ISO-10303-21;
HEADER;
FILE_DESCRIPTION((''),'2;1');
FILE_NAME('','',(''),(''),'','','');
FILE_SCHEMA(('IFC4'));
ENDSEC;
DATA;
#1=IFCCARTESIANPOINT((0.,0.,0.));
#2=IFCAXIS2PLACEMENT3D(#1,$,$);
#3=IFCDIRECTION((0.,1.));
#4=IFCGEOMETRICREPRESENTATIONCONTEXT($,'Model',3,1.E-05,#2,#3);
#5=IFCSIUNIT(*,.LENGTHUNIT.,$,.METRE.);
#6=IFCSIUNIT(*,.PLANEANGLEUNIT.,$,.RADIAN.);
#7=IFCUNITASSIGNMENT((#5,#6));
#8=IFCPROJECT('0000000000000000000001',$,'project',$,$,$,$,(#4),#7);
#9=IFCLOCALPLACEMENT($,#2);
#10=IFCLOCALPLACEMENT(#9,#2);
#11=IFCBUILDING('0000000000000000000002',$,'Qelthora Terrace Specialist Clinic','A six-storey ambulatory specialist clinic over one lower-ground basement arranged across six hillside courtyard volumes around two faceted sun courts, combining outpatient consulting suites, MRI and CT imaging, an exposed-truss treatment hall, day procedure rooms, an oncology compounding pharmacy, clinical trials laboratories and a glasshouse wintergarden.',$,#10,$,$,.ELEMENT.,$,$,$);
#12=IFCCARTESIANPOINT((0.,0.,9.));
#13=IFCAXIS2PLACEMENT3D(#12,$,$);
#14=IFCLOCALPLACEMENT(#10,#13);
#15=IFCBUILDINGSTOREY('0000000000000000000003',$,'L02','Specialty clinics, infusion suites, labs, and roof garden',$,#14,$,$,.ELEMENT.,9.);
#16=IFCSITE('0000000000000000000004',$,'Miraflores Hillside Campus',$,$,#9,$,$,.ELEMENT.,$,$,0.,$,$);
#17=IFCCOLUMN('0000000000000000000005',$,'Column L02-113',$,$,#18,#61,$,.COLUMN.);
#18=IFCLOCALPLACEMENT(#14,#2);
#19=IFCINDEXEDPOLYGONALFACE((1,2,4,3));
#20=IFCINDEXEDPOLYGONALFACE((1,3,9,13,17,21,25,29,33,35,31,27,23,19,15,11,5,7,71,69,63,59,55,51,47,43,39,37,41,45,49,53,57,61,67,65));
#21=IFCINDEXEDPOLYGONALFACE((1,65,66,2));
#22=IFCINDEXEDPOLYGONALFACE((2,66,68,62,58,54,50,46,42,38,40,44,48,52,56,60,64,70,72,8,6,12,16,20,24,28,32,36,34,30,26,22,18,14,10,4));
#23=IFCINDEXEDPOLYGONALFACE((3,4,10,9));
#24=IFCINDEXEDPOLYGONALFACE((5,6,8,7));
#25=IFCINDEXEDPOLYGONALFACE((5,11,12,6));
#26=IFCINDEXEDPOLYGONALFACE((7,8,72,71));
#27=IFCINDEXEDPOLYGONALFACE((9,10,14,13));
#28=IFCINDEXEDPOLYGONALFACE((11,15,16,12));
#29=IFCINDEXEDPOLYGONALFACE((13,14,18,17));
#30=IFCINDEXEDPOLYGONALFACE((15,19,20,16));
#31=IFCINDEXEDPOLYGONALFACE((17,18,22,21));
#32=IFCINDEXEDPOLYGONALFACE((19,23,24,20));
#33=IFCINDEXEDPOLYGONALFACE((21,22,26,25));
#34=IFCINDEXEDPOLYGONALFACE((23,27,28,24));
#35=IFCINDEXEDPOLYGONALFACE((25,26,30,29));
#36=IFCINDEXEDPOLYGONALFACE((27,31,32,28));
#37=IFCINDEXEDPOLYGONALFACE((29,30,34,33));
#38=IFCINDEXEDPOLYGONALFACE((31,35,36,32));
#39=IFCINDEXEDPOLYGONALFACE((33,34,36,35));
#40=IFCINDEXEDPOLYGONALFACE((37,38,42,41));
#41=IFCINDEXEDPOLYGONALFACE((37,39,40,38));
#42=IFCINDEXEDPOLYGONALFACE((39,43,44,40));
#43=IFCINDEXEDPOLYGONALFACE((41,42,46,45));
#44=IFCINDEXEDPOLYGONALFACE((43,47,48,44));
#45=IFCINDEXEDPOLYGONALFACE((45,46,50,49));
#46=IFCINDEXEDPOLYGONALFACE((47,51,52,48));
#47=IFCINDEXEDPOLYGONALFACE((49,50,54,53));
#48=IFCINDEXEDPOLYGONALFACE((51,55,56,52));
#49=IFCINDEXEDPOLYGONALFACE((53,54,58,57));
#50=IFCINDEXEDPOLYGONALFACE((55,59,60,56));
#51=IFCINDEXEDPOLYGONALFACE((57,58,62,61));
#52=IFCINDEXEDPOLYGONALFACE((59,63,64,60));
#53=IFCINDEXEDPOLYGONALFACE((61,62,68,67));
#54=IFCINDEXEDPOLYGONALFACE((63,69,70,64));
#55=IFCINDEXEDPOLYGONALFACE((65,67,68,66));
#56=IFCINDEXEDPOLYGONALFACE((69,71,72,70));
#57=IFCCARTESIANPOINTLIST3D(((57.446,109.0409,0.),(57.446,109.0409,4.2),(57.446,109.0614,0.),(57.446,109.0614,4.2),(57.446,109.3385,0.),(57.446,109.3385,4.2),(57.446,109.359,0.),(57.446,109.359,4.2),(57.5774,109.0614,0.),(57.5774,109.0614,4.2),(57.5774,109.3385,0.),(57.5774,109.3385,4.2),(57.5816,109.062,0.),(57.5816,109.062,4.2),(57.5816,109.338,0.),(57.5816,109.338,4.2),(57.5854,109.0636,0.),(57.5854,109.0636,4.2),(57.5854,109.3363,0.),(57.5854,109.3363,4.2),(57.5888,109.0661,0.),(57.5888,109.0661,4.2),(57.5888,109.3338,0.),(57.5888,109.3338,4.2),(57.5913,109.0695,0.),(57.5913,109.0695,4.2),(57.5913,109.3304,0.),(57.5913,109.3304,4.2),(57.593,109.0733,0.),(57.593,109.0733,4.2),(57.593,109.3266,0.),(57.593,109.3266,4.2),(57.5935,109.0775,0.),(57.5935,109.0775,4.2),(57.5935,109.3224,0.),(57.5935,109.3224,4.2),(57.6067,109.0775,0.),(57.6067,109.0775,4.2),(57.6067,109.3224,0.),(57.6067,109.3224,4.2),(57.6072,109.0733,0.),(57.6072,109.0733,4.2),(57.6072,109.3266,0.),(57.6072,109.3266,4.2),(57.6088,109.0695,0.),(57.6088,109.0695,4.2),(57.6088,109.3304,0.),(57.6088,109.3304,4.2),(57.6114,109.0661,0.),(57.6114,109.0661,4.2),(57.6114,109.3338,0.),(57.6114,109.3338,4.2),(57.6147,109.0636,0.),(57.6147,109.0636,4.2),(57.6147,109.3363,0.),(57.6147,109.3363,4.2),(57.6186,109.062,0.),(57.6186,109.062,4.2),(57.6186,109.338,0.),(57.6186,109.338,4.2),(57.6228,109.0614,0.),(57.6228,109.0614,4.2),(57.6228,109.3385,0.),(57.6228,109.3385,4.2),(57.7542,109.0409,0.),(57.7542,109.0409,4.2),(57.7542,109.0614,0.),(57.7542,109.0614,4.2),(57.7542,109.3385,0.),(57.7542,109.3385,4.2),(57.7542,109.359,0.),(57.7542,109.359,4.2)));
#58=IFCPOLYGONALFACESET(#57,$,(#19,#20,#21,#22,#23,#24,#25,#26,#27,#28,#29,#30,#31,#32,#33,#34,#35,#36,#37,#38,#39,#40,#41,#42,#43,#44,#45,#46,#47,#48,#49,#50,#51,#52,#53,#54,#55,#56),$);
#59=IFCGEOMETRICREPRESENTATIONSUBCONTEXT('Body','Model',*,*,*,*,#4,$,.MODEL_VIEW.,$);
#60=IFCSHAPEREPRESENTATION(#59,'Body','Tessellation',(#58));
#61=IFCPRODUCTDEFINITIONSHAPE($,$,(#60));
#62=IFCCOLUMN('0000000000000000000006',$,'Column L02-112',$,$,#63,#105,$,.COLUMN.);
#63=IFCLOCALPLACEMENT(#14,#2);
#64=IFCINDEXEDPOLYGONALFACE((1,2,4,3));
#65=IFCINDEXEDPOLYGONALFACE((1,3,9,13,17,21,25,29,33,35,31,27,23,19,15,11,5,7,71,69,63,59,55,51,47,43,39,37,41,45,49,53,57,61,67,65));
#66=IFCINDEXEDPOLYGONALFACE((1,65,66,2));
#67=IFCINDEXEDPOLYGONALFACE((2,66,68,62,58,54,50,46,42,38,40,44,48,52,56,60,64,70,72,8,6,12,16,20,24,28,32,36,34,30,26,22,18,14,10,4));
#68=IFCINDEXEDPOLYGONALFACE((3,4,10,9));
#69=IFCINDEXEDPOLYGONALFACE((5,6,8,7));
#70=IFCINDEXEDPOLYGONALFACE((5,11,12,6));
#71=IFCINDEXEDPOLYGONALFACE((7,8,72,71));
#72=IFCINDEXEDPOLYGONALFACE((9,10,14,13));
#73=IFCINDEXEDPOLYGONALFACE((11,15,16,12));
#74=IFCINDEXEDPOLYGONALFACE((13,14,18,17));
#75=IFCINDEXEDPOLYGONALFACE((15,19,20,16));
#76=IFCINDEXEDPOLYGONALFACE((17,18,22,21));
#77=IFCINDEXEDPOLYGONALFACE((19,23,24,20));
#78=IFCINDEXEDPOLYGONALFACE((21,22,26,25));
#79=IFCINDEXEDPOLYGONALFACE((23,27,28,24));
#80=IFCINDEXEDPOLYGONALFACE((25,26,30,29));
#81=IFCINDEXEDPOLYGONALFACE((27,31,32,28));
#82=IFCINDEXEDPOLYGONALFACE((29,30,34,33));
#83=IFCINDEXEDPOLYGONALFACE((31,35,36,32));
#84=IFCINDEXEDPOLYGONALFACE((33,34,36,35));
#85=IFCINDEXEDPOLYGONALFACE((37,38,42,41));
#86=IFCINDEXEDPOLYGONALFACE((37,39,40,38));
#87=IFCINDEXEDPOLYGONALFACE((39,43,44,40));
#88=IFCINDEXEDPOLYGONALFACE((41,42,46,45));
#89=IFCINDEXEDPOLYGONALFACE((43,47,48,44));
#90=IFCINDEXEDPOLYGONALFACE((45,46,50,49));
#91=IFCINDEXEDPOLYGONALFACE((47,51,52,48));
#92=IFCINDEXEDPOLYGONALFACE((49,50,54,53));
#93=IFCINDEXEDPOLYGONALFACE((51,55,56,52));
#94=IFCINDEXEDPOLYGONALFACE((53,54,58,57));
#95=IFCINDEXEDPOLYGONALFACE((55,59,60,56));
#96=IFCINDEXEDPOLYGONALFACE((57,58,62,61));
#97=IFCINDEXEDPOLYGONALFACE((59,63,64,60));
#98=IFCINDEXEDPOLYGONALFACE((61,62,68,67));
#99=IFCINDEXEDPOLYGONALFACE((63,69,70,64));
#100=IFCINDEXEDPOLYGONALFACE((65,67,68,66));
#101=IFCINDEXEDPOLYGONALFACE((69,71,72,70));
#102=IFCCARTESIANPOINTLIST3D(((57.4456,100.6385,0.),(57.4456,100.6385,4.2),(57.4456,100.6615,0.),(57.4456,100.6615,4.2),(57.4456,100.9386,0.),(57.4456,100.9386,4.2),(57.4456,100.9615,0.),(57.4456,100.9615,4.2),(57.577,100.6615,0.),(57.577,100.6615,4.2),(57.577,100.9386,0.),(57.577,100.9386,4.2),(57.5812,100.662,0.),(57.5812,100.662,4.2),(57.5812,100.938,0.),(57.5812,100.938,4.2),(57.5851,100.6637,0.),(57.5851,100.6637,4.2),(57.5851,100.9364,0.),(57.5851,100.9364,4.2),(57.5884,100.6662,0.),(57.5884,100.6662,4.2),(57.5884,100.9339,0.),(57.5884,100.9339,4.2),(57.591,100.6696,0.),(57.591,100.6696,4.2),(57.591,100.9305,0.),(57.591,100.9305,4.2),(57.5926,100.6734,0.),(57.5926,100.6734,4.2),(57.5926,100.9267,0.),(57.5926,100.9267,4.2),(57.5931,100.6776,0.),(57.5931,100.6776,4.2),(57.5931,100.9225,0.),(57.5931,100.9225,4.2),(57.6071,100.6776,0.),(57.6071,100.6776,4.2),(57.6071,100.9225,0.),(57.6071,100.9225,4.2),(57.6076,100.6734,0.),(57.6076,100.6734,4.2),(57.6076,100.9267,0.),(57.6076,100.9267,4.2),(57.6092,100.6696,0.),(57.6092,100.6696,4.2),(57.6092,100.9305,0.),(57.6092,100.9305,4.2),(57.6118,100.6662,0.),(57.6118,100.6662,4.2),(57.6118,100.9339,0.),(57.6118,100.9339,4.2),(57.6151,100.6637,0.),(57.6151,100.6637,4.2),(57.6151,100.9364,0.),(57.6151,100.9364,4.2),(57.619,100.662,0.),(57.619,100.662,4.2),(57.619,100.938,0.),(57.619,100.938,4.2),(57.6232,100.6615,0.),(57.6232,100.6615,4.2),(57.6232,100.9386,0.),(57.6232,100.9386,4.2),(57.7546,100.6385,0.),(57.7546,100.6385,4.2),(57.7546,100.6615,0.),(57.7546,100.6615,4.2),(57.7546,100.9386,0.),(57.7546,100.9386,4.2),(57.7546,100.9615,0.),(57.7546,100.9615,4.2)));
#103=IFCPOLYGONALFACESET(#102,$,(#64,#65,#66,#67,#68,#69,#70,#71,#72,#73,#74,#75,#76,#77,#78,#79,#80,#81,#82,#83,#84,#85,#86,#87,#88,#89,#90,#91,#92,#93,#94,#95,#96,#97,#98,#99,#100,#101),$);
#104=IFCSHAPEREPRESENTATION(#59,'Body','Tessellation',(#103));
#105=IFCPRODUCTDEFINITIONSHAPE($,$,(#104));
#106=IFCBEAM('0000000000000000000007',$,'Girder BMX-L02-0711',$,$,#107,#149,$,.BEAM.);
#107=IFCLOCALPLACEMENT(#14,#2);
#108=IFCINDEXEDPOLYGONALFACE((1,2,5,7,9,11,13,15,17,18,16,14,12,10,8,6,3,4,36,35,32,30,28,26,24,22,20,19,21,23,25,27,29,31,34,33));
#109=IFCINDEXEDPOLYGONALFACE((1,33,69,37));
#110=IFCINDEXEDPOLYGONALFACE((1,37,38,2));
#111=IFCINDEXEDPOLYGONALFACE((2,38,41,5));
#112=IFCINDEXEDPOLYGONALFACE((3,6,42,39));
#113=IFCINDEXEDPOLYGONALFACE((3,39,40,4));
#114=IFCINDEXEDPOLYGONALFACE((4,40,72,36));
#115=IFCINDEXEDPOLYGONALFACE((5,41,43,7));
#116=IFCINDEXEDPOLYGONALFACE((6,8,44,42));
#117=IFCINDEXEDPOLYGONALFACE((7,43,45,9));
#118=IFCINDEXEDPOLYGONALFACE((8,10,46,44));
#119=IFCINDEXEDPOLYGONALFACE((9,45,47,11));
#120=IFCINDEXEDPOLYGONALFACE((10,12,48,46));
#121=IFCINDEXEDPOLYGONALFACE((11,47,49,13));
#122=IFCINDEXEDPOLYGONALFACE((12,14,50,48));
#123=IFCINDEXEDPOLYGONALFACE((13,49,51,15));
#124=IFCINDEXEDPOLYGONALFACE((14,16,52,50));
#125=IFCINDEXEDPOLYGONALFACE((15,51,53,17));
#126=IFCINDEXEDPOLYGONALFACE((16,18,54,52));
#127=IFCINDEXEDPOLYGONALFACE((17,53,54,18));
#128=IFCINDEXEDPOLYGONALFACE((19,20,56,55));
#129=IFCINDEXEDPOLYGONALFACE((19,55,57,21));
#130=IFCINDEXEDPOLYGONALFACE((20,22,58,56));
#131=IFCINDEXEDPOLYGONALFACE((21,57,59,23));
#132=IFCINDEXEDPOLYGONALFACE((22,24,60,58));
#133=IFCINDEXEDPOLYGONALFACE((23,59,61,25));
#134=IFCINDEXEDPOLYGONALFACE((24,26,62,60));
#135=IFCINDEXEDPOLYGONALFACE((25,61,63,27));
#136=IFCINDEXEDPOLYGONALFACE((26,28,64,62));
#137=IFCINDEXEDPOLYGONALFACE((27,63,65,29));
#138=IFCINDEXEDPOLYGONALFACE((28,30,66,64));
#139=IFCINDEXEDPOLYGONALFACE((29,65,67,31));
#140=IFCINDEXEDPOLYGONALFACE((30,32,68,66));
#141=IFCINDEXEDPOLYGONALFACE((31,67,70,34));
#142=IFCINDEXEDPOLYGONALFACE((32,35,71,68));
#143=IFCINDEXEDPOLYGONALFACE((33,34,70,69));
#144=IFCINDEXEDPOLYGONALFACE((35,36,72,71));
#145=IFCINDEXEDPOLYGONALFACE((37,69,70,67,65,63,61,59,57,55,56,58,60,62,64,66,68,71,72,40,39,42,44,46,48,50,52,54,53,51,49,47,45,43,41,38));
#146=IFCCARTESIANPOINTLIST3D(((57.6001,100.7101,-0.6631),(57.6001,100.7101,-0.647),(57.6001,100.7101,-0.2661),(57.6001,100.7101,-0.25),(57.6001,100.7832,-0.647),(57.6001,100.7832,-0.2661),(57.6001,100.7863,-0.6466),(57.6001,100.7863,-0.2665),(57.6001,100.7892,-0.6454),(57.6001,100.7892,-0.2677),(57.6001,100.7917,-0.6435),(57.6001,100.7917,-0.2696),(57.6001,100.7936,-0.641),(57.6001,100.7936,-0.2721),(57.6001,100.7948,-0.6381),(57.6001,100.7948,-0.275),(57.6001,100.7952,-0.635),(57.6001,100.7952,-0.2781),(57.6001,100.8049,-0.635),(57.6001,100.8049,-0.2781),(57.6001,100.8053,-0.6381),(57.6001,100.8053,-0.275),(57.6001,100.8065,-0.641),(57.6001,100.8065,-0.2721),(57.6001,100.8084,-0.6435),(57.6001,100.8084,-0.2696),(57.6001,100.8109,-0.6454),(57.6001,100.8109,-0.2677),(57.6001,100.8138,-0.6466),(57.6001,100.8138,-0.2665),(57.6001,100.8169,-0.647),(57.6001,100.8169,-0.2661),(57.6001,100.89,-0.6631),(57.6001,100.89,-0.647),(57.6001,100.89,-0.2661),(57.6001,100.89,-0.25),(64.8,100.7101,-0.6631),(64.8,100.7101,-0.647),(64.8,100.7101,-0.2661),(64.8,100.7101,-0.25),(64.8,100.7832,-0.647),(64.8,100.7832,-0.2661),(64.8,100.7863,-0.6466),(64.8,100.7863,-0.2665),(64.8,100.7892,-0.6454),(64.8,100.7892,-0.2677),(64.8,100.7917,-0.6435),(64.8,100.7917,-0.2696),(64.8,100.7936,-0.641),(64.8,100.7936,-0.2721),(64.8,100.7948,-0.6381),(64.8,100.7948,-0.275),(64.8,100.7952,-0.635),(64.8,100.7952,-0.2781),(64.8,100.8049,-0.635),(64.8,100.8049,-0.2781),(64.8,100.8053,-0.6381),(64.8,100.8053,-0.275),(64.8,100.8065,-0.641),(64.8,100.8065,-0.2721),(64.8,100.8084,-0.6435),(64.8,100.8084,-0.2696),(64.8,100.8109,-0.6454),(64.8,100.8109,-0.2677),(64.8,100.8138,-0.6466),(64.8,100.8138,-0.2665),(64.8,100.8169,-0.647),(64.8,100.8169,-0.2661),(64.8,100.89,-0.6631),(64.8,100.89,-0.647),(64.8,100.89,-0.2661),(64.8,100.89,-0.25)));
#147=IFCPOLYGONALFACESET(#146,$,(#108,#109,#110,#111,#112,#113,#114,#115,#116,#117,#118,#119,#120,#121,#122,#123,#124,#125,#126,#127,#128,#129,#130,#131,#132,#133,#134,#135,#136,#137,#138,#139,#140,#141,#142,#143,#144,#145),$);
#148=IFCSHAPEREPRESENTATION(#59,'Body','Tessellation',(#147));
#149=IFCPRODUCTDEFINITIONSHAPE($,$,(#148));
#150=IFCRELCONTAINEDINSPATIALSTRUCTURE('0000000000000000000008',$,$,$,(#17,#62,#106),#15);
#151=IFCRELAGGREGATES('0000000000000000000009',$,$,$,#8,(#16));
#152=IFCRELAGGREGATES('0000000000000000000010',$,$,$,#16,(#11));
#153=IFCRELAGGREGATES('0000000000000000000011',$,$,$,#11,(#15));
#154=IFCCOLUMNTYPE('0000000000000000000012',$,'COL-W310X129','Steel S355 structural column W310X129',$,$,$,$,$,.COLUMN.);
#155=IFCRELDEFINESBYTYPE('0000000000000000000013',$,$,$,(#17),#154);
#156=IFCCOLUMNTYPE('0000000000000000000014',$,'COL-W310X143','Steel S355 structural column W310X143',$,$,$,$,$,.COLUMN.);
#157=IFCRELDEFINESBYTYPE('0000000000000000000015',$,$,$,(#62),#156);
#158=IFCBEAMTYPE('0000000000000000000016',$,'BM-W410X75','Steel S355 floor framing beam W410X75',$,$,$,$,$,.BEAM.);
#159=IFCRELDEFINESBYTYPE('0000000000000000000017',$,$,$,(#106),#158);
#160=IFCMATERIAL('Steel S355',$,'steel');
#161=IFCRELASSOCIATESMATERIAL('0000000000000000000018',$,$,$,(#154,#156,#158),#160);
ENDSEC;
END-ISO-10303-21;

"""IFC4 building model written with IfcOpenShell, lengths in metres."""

from ifc_helpers import new_model, si_unit, direction, frame, origin, origin_2d, place, context, subcontext, project, spatial, i_section, extrude, material, material_profile, profile_set, type_object, element, save


model = new_model("IFC4")

# Units and contexts
model_context = context("Model", 3, precision=1e-05, world=origin(), true_north=direction((0.0, 1.0)))
body_context = subcontext(model_context, "Body", "Model", "MODEL_VIEW")
ifc_project = project(units=[si_unit("LENGTHUNIT", "METRE"), si_unit("PLANEANGLEUNIT", "RADIAN")], contexts=[model_context])

# Site, building, storey
site_placement = place(None, origin())
site = spatial("IfcSite", under=ifc_project, at=site_placement, Name="Miraflores Hillside Campus", CompositionType="ELEMENT", RefElevation=0.0)
building_placement = place(site_placement, origin())
building = spatial("IfcBuilding", under=site, at=building_placement, Name="Qelthora Terrace Specialist Clinic", Description="A six-storey ambulatory specialist clinic over one lower-ground basement arranged across six hillside courtyard volumes around two faceted sun courts, combining outpatient consulting suites, MRI and CT imaging, an exposed-truss treatment hall, day procedure rooms, an oncology compounding pharmacy, clinical trials laboratories and a glasshouse wintergarden.", CompositionType="ELEMENT")
storey_placement = place(building_placement, frame((0.0, 0.0, 9.0)))
storey = spatial("IfcBuildingStorey", under=building, at=storey_placement, Name="L02", Description="Specialty clinics, infusion suites, labs, and roof garden", CompositionType="ELEMENT", Elevation=9.0)

# Columns
ifc_material_1 = material(Name="Steel S355", Category="steel")
ifc_material_profile_1 = material_profile(ifc_material_1, i_section(OverallWidth=0.3081, OverallDepth=0.3181, WebThickness=0.0132, FlangeThickness=0.0205, FilletRadius=0.0161, at=origin_2d()), Name="W310X129")
ifc_profile_set_1 = profile_set([ifc_material_profile_1], Name="Steel S355")
column_type_1 = type_object("IfcColumnType", Name="COL-W310X129", Description="Steel S355 structural column W310X129", PredefinedType="COLUMN", material=ifc_profile_set_1)
column_1_placement = place(storey_placement, frame((57.6001, 109.2, 0.0), z_axis=(0.0, 0.0, 1.0), x_axis=(1.0, 0.0, 0.0)))
element("IfcColumn", 1, at=column_1_placement, inside=storey, type_object=column_type_1, Name="Column L02-113", PredefinedType="COLUMN", context=body_context, shape_type="SweptSolid", body=[
    extrude(i_section(OverallWidth=0.3081, OverallDepth=0.3181, WebThickness=0.0132, FlangeThickness=0.0205, FilletRadius=0.0161, at=origin_2d()), origin(), (0.0, 0.0, 1.0), 4.2),
])
ifc_material_profile_2 = material_profile(ifc_material_1, i_section(OverallWidth=0.3091, OverallDepth=0.323, WebThickness=0.0139, FlangeThickness=0.0229, FilletRadius=0.0161, at=origin_2d()), Name="W310X143")
ifc_profile_set_2 = profile_set([ifc_material_profile_2], Name="Steel S355")
column_type_2 = type_object("IfcColumnType", Name="COL-W310X143", Description="Steel S355 structural column W310X143", PredefinedType="COLUMN", material=ifc_profile_set_2)
column_2_placement = place(storey_placement, frame((57.6001, 100.8, 0.0), z_axis=(0.0, 0.0, 1.0), x_axis=(1.0, 0.0, 0.0)))
element("IfcColumn", 2, at=column_2_placement, inside=storey, type_object=column_type_2, Name="Column L02-112", PredefinedType="COLUMN", context=body_context, shape_type="SweptSolid", body=[
    extrude(i_section(OverallWidth=0.3091, OverallDepth=0.323, WebThickness=0.0139, FlangeThickness=0.0229, FilletRadius=0.0161, at=origin_2d()), origin(), (0.0, 0.0, 1.0), 4.2),
])

# Beam
ifc_material_profile_3 = material_profile(ifc_material_1, i_section(OverallWidth=0.1799, OverallDepth=0.4131, WebThickness=0.0098, FlangeThickness=0.0161, FilletRadius=0.012, at=origin_2d()), Name="W410X75")
ifc_profile_set_3 = profile_set([ifc_material_profile_3], Name="Steel S355")
beam_type_1 = type_object("IfcBeamType", Name="BM-W410X75", Description="Steel S355 floor framing beam W410X75", PredefinedType="BEAM", material=ifc_profile_set_3)
beam_1_placement = place(storey_placement, frame((57.6001, 100.8, -0.4565), z_axis=(1.0, 0.0, 0.0), x_axis=(0.0, 1.0, 0.0)))
element("IfcBeam", 3, at=beam_1_placement, inside=storey, type_object=beam_type_1, Name="Girder BMX-L02-0711", PredefinedType="BEAM", context=body_context, shape_type="SweptSolid", body=[
    extrude(i_section(OverallWidth=0.1799, OverallDepth=0.4131, WebThickness=0.0098, FlangeThickness=0.0161, FilletRadius=0.012, at=origin_2d()), origin(), (0.0, 0.0, 1.0), 7.2),
])

save(model, "model.ifc")
